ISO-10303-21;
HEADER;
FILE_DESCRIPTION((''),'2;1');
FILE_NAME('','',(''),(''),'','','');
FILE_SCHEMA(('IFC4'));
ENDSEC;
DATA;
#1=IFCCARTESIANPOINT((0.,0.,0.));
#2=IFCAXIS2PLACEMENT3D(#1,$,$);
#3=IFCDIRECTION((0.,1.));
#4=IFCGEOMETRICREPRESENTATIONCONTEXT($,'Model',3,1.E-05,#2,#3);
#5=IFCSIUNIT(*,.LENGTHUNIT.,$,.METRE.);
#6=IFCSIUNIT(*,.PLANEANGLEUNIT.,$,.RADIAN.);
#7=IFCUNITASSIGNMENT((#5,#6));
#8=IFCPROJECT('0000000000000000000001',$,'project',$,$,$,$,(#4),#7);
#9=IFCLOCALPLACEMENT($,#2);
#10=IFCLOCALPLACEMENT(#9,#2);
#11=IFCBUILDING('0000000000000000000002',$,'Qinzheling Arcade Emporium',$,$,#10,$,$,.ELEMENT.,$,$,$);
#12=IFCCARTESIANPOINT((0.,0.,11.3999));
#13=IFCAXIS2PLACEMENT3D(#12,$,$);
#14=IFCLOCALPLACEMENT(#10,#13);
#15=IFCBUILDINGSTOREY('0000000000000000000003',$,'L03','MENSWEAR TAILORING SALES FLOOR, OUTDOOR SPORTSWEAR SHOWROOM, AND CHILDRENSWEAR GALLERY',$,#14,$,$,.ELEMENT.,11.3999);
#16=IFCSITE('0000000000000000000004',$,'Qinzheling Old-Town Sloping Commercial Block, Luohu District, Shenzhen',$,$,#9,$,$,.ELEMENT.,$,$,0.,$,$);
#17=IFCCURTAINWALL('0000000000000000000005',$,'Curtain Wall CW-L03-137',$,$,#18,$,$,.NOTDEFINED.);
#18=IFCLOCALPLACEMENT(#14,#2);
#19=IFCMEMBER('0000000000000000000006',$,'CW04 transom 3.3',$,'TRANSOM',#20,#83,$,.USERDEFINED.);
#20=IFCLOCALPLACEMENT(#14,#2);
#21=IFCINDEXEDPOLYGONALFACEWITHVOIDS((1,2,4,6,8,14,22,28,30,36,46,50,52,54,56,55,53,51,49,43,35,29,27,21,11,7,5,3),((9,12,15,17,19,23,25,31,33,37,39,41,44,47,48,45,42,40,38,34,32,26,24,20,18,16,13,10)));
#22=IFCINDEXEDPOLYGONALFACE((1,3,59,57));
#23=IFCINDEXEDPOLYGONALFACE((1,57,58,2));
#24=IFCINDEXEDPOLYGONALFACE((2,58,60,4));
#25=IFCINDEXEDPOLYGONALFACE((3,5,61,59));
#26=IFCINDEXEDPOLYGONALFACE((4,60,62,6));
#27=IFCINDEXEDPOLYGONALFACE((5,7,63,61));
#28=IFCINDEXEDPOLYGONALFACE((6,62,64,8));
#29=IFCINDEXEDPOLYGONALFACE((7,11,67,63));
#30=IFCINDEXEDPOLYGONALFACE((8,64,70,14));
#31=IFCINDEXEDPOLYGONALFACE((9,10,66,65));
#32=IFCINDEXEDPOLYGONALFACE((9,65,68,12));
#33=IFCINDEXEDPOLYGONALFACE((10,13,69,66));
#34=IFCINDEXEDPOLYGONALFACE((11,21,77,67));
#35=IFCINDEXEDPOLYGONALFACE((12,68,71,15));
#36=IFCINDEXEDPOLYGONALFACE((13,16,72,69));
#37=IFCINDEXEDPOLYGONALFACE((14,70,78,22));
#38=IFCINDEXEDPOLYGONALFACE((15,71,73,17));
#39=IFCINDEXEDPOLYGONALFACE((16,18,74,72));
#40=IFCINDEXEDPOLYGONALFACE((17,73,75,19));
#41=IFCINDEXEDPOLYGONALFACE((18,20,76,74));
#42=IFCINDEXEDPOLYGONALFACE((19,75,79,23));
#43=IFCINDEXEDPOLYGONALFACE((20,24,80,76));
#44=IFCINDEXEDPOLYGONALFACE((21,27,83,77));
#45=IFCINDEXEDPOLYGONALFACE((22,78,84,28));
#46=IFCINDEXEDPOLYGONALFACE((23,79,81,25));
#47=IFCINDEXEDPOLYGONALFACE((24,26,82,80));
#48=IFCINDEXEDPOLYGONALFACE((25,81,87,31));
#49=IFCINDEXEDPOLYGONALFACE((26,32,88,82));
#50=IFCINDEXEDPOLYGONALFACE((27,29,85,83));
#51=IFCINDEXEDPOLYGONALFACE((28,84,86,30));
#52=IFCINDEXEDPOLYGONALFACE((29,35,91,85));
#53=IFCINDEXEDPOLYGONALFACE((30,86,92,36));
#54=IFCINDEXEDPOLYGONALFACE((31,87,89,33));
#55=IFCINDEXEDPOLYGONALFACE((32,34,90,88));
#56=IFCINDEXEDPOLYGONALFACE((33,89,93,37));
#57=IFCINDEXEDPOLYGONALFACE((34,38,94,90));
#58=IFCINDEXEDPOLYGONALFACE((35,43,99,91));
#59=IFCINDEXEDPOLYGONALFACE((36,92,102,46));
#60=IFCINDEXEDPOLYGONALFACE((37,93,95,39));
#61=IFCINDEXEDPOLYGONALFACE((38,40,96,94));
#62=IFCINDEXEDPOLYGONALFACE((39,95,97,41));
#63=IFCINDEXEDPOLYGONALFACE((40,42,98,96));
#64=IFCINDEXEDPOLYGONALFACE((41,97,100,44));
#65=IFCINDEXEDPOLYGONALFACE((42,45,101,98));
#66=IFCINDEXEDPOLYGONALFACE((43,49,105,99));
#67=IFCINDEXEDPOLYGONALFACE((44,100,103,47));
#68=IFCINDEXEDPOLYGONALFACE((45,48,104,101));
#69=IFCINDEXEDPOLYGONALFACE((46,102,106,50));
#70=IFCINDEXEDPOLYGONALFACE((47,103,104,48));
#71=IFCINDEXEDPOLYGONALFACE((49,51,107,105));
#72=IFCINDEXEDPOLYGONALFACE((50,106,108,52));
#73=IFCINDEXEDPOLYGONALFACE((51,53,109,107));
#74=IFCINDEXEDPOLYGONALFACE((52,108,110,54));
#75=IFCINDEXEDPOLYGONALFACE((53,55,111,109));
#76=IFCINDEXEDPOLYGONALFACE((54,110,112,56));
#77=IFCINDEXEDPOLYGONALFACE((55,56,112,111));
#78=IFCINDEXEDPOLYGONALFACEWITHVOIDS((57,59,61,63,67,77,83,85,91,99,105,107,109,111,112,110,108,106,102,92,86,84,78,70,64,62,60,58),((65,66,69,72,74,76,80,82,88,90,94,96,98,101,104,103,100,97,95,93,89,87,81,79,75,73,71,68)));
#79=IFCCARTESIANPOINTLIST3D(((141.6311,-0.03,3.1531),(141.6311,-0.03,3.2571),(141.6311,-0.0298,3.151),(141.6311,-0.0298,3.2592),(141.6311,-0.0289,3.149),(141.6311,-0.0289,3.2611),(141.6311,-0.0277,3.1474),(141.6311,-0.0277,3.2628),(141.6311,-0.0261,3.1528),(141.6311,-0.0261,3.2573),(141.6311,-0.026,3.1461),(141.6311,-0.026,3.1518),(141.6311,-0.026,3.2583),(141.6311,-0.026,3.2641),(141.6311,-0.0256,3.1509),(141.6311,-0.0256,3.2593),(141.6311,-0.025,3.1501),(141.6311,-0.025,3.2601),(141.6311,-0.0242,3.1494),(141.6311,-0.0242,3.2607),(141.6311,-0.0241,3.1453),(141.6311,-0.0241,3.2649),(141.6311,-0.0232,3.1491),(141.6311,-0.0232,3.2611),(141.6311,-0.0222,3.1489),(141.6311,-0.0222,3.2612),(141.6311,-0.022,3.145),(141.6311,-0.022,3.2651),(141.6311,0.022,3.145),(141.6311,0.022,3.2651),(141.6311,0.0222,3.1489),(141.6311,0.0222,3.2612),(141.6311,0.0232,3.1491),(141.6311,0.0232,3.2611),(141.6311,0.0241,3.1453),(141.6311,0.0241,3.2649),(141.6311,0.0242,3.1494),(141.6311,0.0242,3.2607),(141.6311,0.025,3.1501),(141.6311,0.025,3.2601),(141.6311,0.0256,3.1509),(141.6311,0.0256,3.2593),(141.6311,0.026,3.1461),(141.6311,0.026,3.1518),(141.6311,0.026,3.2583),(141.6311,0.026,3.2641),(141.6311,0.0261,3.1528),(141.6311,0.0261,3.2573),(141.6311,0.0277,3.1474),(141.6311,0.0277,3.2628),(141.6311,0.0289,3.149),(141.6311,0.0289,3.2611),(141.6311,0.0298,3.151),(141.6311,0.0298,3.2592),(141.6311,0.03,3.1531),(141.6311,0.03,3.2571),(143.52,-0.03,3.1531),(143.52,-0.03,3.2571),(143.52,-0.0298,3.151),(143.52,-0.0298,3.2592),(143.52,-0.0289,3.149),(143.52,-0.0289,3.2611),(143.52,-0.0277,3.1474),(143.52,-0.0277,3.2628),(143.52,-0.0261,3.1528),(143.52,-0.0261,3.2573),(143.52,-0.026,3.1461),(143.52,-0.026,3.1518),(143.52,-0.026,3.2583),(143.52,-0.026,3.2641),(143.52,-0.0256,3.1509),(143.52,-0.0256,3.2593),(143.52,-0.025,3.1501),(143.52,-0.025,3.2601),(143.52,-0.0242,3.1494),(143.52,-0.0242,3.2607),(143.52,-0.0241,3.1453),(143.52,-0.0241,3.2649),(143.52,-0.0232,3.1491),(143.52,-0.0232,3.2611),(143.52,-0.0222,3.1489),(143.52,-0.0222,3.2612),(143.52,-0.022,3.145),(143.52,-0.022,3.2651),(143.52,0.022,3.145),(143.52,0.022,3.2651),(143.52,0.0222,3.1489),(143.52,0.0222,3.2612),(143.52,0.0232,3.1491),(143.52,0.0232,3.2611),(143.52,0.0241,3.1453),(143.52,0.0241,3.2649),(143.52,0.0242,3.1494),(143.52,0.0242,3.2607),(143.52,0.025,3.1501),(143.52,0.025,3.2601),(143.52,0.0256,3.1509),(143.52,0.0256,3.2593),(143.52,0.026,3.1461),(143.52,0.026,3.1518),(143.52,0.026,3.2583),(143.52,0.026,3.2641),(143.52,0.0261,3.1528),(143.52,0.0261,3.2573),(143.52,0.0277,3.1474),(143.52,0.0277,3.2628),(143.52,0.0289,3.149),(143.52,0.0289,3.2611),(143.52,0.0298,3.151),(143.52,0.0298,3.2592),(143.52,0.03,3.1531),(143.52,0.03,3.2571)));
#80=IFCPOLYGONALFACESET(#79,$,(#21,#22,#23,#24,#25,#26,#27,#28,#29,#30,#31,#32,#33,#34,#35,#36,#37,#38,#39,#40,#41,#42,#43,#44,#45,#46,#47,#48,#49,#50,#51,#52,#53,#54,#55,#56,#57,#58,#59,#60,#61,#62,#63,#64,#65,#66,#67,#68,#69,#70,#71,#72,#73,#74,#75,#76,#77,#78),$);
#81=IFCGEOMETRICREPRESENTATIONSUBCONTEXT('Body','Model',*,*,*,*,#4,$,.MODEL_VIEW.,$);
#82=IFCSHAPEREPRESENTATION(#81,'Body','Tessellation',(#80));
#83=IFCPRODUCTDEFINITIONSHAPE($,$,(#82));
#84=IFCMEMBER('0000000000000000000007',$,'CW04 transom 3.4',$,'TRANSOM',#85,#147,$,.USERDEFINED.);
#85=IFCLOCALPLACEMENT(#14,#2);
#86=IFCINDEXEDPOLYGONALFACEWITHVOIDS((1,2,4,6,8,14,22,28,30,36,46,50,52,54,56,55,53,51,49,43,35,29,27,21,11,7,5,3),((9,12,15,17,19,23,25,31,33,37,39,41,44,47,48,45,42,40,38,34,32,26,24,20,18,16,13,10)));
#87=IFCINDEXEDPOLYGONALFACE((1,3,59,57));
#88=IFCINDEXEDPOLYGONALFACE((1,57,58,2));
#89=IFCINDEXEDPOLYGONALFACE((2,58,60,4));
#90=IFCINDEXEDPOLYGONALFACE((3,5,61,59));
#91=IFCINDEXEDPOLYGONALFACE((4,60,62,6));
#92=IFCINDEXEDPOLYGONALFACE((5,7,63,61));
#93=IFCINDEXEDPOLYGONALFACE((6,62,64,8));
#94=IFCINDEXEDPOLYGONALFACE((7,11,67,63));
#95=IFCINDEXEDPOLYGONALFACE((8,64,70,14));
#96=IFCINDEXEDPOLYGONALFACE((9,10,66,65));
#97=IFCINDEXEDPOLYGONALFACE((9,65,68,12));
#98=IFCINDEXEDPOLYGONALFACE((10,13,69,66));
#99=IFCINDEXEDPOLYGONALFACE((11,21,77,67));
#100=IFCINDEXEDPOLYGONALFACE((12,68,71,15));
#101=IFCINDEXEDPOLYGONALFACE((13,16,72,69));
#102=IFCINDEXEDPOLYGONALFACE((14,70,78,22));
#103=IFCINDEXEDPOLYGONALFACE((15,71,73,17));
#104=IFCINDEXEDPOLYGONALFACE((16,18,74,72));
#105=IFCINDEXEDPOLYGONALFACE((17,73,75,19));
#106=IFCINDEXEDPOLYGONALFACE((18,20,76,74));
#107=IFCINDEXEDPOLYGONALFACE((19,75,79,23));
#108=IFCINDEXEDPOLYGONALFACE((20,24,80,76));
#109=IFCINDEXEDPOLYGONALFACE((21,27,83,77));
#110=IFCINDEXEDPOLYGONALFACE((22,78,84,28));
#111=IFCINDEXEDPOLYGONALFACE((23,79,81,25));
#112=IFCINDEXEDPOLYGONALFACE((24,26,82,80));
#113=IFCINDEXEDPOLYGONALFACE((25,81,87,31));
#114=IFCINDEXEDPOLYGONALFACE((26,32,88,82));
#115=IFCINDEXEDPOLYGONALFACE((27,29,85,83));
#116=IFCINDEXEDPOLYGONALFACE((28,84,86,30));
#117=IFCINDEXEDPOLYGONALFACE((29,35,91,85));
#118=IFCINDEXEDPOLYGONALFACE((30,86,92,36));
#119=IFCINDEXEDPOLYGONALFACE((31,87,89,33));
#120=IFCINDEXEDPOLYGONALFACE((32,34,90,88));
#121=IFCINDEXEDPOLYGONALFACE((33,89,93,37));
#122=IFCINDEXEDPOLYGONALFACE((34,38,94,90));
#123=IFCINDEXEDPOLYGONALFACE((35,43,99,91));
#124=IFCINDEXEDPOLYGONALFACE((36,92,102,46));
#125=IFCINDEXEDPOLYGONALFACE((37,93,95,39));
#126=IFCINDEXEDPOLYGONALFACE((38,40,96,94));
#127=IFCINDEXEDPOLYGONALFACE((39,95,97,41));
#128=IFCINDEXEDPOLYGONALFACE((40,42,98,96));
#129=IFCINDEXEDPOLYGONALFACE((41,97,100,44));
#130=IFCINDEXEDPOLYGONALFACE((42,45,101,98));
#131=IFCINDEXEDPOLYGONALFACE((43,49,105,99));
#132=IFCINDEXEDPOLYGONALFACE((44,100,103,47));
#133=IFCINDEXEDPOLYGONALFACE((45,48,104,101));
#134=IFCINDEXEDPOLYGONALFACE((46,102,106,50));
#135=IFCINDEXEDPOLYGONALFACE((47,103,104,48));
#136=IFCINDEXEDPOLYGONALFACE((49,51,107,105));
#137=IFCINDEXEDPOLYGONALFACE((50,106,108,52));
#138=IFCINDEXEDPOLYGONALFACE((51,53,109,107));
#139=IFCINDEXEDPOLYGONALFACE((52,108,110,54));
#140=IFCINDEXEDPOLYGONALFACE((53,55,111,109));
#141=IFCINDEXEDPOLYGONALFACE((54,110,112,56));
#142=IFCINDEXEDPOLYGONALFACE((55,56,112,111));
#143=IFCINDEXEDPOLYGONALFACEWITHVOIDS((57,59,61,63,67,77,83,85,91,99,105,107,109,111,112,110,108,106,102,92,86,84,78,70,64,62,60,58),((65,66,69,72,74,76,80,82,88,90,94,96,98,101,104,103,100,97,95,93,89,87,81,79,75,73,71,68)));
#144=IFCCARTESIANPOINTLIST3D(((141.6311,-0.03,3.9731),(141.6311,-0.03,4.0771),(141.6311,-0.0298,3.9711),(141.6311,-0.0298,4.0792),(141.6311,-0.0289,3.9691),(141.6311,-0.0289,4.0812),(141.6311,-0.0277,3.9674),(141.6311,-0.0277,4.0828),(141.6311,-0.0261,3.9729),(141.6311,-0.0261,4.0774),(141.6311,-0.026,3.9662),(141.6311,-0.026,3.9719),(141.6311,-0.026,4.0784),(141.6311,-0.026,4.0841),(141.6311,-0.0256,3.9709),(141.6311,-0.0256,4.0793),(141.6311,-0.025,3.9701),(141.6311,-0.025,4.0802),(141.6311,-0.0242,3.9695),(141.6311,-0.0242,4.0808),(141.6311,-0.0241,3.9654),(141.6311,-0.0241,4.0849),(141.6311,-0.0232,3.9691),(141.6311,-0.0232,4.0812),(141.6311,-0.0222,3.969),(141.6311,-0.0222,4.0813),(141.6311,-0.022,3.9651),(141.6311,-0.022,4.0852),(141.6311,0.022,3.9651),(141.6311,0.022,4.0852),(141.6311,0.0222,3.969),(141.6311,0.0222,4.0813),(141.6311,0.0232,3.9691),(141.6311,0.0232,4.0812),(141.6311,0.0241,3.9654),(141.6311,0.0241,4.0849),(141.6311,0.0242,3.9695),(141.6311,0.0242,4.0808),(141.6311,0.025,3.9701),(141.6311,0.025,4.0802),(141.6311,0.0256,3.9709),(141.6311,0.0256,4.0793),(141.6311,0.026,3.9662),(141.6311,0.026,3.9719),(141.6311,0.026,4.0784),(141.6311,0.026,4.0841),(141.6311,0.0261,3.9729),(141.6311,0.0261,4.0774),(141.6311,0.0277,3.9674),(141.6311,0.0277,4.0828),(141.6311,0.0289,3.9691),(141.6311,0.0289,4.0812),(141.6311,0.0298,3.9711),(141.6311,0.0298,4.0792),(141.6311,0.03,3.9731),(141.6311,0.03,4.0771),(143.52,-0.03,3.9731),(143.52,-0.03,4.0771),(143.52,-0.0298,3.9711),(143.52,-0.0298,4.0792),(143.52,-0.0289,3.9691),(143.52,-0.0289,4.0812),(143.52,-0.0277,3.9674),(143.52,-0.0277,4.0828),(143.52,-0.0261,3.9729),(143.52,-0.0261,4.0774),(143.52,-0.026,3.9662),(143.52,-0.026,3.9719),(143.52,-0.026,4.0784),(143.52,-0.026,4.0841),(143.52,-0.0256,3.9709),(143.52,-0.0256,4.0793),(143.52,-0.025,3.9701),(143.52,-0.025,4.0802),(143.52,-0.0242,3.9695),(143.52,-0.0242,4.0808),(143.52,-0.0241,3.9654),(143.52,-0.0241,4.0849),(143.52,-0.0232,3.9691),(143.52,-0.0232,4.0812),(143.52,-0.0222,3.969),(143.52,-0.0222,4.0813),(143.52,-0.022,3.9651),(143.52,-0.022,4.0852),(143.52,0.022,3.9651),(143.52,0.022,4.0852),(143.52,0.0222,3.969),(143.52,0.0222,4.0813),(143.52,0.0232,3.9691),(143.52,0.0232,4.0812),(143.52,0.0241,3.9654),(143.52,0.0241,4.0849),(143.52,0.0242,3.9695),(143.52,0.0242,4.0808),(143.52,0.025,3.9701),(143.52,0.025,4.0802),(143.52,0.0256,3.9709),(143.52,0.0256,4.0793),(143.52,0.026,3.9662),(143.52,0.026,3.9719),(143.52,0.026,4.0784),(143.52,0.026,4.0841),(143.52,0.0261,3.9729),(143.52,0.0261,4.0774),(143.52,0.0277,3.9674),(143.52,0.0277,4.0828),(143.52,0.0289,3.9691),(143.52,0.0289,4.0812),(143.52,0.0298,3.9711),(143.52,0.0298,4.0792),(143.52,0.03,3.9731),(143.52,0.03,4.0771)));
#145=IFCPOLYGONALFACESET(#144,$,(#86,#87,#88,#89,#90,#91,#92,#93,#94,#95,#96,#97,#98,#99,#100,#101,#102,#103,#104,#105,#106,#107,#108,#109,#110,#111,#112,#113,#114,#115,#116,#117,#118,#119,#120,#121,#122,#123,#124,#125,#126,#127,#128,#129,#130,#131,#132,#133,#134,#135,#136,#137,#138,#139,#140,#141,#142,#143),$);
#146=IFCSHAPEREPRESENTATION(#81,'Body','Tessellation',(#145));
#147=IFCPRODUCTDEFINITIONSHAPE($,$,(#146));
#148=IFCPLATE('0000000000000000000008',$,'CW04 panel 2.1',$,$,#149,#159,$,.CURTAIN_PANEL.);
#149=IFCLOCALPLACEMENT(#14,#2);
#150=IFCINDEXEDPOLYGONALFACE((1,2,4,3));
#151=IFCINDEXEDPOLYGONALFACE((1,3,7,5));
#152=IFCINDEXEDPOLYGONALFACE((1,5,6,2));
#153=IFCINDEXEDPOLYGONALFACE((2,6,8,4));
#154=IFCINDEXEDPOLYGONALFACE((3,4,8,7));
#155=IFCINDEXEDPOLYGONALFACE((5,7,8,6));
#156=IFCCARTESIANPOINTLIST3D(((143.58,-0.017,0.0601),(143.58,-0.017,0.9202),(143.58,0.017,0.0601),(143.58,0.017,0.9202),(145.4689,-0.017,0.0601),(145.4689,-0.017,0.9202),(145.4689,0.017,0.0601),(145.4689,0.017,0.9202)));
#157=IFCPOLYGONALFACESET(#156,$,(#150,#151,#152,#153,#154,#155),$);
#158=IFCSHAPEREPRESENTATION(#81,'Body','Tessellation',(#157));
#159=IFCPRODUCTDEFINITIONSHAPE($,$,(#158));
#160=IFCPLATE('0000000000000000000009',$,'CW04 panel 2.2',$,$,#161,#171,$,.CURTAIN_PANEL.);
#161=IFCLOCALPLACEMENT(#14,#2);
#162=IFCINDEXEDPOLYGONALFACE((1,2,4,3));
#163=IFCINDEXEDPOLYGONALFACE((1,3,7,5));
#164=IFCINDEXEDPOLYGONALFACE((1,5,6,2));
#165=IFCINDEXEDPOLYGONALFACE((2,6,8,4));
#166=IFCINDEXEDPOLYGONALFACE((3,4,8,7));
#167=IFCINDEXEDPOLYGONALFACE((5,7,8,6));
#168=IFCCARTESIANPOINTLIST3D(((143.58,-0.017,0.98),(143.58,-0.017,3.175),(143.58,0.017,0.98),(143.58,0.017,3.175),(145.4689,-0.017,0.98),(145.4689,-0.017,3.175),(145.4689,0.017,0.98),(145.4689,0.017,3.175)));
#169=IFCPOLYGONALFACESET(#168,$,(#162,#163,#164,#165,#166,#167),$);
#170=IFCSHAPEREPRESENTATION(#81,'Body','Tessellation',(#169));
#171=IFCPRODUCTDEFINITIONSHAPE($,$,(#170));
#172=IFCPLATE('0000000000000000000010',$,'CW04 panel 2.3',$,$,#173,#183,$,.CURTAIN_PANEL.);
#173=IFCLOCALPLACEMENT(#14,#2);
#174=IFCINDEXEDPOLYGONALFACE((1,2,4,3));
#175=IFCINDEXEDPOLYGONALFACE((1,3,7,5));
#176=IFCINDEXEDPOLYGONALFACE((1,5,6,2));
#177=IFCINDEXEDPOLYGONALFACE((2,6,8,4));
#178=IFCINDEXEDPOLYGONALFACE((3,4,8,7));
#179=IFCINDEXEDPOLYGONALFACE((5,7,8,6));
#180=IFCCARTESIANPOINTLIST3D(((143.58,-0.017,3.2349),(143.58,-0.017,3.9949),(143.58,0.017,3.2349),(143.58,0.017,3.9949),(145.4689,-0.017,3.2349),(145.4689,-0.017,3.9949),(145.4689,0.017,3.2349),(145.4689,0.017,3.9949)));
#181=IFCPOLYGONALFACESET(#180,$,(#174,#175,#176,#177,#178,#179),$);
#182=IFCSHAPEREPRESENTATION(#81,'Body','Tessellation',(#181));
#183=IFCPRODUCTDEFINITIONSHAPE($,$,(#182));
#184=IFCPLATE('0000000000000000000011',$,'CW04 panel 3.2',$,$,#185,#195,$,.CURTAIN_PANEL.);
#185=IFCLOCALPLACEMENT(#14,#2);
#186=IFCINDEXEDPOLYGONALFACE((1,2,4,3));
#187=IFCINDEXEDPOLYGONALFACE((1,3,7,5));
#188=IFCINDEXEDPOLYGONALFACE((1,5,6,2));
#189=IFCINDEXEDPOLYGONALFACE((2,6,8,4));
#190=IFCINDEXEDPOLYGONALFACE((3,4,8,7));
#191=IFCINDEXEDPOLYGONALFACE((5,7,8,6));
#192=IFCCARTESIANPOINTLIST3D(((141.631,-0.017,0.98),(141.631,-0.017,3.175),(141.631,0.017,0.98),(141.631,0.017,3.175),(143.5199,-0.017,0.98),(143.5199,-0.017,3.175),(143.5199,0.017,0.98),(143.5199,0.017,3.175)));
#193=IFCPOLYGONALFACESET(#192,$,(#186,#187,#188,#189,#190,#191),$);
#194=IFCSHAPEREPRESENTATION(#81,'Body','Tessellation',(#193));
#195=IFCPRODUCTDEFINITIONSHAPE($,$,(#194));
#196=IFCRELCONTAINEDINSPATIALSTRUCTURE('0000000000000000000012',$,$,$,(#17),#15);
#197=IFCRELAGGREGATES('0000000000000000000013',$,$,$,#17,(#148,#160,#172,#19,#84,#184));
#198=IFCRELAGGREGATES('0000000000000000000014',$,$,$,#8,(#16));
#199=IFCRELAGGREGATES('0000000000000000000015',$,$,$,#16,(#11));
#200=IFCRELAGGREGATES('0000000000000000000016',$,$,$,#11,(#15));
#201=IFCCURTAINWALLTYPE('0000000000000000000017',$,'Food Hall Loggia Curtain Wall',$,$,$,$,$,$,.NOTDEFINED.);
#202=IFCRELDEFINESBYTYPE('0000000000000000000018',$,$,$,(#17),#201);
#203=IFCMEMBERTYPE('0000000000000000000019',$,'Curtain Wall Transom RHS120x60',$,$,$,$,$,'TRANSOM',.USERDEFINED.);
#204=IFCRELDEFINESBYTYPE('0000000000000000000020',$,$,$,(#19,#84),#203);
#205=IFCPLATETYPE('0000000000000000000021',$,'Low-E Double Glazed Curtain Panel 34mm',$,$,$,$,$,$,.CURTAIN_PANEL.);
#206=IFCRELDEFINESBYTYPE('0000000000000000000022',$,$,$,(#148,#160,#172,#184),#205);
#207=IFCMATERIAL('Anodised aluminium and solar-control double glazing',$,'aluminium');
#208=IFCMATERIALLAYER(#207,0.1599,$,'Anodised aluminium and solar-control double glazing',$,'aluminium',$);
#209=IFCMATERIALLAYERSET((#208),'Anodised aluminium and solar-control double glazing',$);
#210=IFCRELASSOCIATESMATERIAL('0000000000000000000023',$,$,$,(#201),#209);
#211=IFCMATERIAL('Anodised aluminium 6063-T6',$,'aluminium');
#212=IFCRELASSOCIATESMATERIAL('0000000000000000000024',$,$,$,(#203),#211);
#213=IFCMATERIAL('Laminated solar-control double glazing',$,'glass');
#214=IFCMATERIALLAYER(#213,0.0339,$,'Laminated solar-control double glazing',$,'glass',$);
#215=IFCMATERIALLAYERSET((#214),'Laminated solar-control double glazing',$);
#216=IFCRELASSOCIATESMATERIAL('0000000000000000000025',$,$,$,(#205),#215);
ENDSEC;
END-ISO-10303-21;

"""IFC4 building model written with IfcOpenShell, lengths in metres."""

from ifc_helpers import new_model, si_unit, direction, frame, origin, origin_2d, place, context, subcontext, project, spatial, rectangle, hollow_rectangle, extrude, material, layer, layer_set, material_profile, profile_set, type_object, element, aggregate, save


model = new_model("IFC4")

# Units and contexts
model_context = context("Model", 3, precision=1e-05, world=origin(), true_north=direction((0.0, 1.0)))
body_context = subcontext(model_context, "Body", "Model", "MODEL_VIEW")
ifc_project = project(units=[si_unit("LENGTHUNIT", "METRE"), si_unit("PLANEANGLEUNIT", "RADIAN")], contexts=[model_context])

# Site, building, storey
site_placement = place(None, origin())
site = spatial("IfcSite", under=ifc_project, at=site_placement, Name="Qinzheling Old-Town Sloping Commercial Block, Luohu District, Shenzhen", CompositionType="ELEMENT", RefElevation=0.0)
building_placement = place(site_placement, origin())
building = spatial("IfcBuilding", under=site, at=building_placement, Name="Qinzheling Arcade Emporium", CompositionType="ELEMENT")
storey_placement = place(building_placement, frame((0.0, 0.0, 11.3999)))
storey = spatial("IfcBuildingStorey", under=building, at=storey_placement, Name="L03", Description="MENSWEAR TAILORING SALES FLOOR, OUTDOOR SPORTSWEAR SHOWROOM, AND CHILDRENSWEAR GALLERY", CompositionType="ELEMENT", Elevation=11.3999)

# Curtain wall, members, plates
ifc_material_1 = material(Name="Anodised aluminium and solar-control double glazing", Category="aluminium")
ifc_layer_1 = layer(ifc_material_1, 0.1599, Name="Anodised aluminium and solar-control double glazing", Category="aluminium")
ifc_layer_set_1 = layer_set([ifc_layer_1], Name="Anodised aluminium and solar-control double glazing")
curtain_wall_type = type_object("IfcCurtainWallType", Name="Food Hall Loggia Curtain Wall", PredefinedType="NOTDEFINED", material=ifc_layer_set_1)
curtain_wall_placement = place(storey_placement, origin())
curtain_wall = element("IfcCurtainWall", 1, at=curtain_wall_placement, inside=storey, type_object=curtain_wall_type, Name="Curtain Wall CW-L03-137", PredefinedType="NOTDEFINED")
ifc_material_2 = material(Name="Anodised aluminium 6063-T6", Category="aluminium")
ifc_material_profile_1 = material_profile(ifc_material_2, hollow_rectangle(XDim=0.0601, YDim=0.1201, WallThickness=0.0039, InnerFilletRadius=0.0039, OuterFilletRadius=0.0081, at=origin_2d()), Name="RHS 120x60x4", Category="aluminium")
ifc_profile_set_1 = profile_set([ifc_material_profile_1], Name="Anodised aluminium 6063-T6")
member_type_1 = type_object("IfcMemberType", Name="Curtain Wall Transom RHS120x60", ElementType="TRANSOM", PredefinedType="USERDEFINED", material=ifc_profile_set_1)
member_1_placement = place(storey_placement, frame((143.52, 0.0, 3.2051), z_axis=(-1.0, 0.0, 0.0), x_axis=(0.0, -1.0, 0.0)))
member_1 = element("IfcMember", 2, at=member_1_placement, type_object=member_type_1, Name="CW04 transom 3.3", ObjectType="TRANSOM", PredefinedType="USERDEFINED", context=body_context, shape_type="SweptSolid", body=[
    extrude(hollow_rectangle(XDim=0.0601, YDim=0.1201, WallThickness=0.0039, InnerFilletRadius=0.0039, OuterFilletRadius=0.0081, at=origin_2d()), origin(), (0.0, 0.0, 1.0), 1.8889),
])
member_2_placement = place(storey_placement, frame((143.52, 0.0, 4.0251), z_axis=(-1.0, 0.0, 0.0), x_axis=(0.0, -1.0, 0.0)))
member_2 = element("IfcMember", 3, at=member_2_placement, type_object=member_type_1, Name="CW04 transom 3.4", ObjectType="TRANSOM", PredefinedType="USERDEFINED", context=body_context, shape_type="SweptSolid", body=[
    extrude(hollow_rectangle(XDim=0.0601, YDim=0.1201, WallThickness=0.0039, InnerFilletRadius=0.0039, OuterFilletRadius=0.0081, at=origin_2d()), origin(), (0.0, 0.0, 1.0), 1.8889),
])
ifc_material_3 = material(Name="Laminated solar-control double glazing", Category="glass")
ifc_layer_2 = layer(ifc_material_3, 0.0339, Name="Laminated solar-control double glazing", Category="glass")
ifc_layer_set_2 = layer_set([ifc_layer_2], Name="Laminated solar-control double glazing")
plate_type_1 = type_object("IfcPlateType", Name="Low-E Double Glazed Curtain Panel 34mm", PredefinedType="CURTAIN_PANEL", material=ifc_layer_set_2)
plate_1_placement = place(storey_placement, frame((144.5244, 0.0, 0.0601), z_axis=(0.0, 0.0, 1.0), x_axis=(-1.0, 0.0, 0.0)))
plate_1 = element("IfcPlate", 4, at=plate_1_placement, type_object=plate_type_1, Name="CW04 panel 2.1", PredefinedType="CURTAIN_PANEL", context=body_context, shape_type="SweptSolid", body=[
    extrude(rectangle(XDim=1.8889, YDim=0.0339, at=origin_2d()), origin(), (0.0, 0.0, 1.0), 0.8601),
])
plate_2_placement = place(storey_placement, frame((144.5244, 0.0, 0.98), z_axis=(0.0, 0.0, 1.0), x_axis=(-1.0, 0.0, 0.0)))
plate_2 = element("IfcPlate", 5, at=plate_2_placement, type_object=plate_type_1, Name="CW04 panel 2.2", PredefinedType="CURTAIN_PANEL", context=body_context, shape_type="SweptSolid", body=[
    extrude(rectangle(XDim=1.8889, YDim=0.0339, at=origin_2d()), origin(), (0.0, 0.0, 1.0), 2.1951),
])
plate_3_placement = place(storey_placement, frame((144.5244, 0.0, 3.2349), z_axis=(0.0, 0.0, 1.0), x_axis=(-1.0, 0.0, 0.0)))
plate_3 = element("IfcPlate", 6, at=plate_3_placement, type_object=plate_type_1, Name="CW04 panel 2.3", PredefinedType="CURTAIN_PANEL", context=body_context, shape_type="SweptSolid", body=[
    extrude(rectangle(XDim=1.8889, YDim=0.0339, at=origin_2d()), origin(), (0.0, 0.0, 1.0), 0.76),
])
plate_4_placement = place(storey_placement, frame((142.5754, 0.0, 0.98), z_axis=(0.0, 0.0, 1.0), x_axis=(-1.0, 0.0, 0.0)))
plate_4 = element("IfcPlate", 7, at=plate_4_placement, type_object=plate_type_1, Name="CW04 panel 3.2", PredefinedType="CURTAIN_PANEL", context=body_context, shape_type="SweptSolid", body=[
    extrude(rectangle(XDim=1.8889, YDim=0.0339, at=origin_2d()), origin(), (0.0, 0.0, 1.0), 2.1951),
])
aggregate(curtain_wall, [plate_1, plate_2, plate_3, member_1, member_2, plate_4])

save(model, "model.ifc")
